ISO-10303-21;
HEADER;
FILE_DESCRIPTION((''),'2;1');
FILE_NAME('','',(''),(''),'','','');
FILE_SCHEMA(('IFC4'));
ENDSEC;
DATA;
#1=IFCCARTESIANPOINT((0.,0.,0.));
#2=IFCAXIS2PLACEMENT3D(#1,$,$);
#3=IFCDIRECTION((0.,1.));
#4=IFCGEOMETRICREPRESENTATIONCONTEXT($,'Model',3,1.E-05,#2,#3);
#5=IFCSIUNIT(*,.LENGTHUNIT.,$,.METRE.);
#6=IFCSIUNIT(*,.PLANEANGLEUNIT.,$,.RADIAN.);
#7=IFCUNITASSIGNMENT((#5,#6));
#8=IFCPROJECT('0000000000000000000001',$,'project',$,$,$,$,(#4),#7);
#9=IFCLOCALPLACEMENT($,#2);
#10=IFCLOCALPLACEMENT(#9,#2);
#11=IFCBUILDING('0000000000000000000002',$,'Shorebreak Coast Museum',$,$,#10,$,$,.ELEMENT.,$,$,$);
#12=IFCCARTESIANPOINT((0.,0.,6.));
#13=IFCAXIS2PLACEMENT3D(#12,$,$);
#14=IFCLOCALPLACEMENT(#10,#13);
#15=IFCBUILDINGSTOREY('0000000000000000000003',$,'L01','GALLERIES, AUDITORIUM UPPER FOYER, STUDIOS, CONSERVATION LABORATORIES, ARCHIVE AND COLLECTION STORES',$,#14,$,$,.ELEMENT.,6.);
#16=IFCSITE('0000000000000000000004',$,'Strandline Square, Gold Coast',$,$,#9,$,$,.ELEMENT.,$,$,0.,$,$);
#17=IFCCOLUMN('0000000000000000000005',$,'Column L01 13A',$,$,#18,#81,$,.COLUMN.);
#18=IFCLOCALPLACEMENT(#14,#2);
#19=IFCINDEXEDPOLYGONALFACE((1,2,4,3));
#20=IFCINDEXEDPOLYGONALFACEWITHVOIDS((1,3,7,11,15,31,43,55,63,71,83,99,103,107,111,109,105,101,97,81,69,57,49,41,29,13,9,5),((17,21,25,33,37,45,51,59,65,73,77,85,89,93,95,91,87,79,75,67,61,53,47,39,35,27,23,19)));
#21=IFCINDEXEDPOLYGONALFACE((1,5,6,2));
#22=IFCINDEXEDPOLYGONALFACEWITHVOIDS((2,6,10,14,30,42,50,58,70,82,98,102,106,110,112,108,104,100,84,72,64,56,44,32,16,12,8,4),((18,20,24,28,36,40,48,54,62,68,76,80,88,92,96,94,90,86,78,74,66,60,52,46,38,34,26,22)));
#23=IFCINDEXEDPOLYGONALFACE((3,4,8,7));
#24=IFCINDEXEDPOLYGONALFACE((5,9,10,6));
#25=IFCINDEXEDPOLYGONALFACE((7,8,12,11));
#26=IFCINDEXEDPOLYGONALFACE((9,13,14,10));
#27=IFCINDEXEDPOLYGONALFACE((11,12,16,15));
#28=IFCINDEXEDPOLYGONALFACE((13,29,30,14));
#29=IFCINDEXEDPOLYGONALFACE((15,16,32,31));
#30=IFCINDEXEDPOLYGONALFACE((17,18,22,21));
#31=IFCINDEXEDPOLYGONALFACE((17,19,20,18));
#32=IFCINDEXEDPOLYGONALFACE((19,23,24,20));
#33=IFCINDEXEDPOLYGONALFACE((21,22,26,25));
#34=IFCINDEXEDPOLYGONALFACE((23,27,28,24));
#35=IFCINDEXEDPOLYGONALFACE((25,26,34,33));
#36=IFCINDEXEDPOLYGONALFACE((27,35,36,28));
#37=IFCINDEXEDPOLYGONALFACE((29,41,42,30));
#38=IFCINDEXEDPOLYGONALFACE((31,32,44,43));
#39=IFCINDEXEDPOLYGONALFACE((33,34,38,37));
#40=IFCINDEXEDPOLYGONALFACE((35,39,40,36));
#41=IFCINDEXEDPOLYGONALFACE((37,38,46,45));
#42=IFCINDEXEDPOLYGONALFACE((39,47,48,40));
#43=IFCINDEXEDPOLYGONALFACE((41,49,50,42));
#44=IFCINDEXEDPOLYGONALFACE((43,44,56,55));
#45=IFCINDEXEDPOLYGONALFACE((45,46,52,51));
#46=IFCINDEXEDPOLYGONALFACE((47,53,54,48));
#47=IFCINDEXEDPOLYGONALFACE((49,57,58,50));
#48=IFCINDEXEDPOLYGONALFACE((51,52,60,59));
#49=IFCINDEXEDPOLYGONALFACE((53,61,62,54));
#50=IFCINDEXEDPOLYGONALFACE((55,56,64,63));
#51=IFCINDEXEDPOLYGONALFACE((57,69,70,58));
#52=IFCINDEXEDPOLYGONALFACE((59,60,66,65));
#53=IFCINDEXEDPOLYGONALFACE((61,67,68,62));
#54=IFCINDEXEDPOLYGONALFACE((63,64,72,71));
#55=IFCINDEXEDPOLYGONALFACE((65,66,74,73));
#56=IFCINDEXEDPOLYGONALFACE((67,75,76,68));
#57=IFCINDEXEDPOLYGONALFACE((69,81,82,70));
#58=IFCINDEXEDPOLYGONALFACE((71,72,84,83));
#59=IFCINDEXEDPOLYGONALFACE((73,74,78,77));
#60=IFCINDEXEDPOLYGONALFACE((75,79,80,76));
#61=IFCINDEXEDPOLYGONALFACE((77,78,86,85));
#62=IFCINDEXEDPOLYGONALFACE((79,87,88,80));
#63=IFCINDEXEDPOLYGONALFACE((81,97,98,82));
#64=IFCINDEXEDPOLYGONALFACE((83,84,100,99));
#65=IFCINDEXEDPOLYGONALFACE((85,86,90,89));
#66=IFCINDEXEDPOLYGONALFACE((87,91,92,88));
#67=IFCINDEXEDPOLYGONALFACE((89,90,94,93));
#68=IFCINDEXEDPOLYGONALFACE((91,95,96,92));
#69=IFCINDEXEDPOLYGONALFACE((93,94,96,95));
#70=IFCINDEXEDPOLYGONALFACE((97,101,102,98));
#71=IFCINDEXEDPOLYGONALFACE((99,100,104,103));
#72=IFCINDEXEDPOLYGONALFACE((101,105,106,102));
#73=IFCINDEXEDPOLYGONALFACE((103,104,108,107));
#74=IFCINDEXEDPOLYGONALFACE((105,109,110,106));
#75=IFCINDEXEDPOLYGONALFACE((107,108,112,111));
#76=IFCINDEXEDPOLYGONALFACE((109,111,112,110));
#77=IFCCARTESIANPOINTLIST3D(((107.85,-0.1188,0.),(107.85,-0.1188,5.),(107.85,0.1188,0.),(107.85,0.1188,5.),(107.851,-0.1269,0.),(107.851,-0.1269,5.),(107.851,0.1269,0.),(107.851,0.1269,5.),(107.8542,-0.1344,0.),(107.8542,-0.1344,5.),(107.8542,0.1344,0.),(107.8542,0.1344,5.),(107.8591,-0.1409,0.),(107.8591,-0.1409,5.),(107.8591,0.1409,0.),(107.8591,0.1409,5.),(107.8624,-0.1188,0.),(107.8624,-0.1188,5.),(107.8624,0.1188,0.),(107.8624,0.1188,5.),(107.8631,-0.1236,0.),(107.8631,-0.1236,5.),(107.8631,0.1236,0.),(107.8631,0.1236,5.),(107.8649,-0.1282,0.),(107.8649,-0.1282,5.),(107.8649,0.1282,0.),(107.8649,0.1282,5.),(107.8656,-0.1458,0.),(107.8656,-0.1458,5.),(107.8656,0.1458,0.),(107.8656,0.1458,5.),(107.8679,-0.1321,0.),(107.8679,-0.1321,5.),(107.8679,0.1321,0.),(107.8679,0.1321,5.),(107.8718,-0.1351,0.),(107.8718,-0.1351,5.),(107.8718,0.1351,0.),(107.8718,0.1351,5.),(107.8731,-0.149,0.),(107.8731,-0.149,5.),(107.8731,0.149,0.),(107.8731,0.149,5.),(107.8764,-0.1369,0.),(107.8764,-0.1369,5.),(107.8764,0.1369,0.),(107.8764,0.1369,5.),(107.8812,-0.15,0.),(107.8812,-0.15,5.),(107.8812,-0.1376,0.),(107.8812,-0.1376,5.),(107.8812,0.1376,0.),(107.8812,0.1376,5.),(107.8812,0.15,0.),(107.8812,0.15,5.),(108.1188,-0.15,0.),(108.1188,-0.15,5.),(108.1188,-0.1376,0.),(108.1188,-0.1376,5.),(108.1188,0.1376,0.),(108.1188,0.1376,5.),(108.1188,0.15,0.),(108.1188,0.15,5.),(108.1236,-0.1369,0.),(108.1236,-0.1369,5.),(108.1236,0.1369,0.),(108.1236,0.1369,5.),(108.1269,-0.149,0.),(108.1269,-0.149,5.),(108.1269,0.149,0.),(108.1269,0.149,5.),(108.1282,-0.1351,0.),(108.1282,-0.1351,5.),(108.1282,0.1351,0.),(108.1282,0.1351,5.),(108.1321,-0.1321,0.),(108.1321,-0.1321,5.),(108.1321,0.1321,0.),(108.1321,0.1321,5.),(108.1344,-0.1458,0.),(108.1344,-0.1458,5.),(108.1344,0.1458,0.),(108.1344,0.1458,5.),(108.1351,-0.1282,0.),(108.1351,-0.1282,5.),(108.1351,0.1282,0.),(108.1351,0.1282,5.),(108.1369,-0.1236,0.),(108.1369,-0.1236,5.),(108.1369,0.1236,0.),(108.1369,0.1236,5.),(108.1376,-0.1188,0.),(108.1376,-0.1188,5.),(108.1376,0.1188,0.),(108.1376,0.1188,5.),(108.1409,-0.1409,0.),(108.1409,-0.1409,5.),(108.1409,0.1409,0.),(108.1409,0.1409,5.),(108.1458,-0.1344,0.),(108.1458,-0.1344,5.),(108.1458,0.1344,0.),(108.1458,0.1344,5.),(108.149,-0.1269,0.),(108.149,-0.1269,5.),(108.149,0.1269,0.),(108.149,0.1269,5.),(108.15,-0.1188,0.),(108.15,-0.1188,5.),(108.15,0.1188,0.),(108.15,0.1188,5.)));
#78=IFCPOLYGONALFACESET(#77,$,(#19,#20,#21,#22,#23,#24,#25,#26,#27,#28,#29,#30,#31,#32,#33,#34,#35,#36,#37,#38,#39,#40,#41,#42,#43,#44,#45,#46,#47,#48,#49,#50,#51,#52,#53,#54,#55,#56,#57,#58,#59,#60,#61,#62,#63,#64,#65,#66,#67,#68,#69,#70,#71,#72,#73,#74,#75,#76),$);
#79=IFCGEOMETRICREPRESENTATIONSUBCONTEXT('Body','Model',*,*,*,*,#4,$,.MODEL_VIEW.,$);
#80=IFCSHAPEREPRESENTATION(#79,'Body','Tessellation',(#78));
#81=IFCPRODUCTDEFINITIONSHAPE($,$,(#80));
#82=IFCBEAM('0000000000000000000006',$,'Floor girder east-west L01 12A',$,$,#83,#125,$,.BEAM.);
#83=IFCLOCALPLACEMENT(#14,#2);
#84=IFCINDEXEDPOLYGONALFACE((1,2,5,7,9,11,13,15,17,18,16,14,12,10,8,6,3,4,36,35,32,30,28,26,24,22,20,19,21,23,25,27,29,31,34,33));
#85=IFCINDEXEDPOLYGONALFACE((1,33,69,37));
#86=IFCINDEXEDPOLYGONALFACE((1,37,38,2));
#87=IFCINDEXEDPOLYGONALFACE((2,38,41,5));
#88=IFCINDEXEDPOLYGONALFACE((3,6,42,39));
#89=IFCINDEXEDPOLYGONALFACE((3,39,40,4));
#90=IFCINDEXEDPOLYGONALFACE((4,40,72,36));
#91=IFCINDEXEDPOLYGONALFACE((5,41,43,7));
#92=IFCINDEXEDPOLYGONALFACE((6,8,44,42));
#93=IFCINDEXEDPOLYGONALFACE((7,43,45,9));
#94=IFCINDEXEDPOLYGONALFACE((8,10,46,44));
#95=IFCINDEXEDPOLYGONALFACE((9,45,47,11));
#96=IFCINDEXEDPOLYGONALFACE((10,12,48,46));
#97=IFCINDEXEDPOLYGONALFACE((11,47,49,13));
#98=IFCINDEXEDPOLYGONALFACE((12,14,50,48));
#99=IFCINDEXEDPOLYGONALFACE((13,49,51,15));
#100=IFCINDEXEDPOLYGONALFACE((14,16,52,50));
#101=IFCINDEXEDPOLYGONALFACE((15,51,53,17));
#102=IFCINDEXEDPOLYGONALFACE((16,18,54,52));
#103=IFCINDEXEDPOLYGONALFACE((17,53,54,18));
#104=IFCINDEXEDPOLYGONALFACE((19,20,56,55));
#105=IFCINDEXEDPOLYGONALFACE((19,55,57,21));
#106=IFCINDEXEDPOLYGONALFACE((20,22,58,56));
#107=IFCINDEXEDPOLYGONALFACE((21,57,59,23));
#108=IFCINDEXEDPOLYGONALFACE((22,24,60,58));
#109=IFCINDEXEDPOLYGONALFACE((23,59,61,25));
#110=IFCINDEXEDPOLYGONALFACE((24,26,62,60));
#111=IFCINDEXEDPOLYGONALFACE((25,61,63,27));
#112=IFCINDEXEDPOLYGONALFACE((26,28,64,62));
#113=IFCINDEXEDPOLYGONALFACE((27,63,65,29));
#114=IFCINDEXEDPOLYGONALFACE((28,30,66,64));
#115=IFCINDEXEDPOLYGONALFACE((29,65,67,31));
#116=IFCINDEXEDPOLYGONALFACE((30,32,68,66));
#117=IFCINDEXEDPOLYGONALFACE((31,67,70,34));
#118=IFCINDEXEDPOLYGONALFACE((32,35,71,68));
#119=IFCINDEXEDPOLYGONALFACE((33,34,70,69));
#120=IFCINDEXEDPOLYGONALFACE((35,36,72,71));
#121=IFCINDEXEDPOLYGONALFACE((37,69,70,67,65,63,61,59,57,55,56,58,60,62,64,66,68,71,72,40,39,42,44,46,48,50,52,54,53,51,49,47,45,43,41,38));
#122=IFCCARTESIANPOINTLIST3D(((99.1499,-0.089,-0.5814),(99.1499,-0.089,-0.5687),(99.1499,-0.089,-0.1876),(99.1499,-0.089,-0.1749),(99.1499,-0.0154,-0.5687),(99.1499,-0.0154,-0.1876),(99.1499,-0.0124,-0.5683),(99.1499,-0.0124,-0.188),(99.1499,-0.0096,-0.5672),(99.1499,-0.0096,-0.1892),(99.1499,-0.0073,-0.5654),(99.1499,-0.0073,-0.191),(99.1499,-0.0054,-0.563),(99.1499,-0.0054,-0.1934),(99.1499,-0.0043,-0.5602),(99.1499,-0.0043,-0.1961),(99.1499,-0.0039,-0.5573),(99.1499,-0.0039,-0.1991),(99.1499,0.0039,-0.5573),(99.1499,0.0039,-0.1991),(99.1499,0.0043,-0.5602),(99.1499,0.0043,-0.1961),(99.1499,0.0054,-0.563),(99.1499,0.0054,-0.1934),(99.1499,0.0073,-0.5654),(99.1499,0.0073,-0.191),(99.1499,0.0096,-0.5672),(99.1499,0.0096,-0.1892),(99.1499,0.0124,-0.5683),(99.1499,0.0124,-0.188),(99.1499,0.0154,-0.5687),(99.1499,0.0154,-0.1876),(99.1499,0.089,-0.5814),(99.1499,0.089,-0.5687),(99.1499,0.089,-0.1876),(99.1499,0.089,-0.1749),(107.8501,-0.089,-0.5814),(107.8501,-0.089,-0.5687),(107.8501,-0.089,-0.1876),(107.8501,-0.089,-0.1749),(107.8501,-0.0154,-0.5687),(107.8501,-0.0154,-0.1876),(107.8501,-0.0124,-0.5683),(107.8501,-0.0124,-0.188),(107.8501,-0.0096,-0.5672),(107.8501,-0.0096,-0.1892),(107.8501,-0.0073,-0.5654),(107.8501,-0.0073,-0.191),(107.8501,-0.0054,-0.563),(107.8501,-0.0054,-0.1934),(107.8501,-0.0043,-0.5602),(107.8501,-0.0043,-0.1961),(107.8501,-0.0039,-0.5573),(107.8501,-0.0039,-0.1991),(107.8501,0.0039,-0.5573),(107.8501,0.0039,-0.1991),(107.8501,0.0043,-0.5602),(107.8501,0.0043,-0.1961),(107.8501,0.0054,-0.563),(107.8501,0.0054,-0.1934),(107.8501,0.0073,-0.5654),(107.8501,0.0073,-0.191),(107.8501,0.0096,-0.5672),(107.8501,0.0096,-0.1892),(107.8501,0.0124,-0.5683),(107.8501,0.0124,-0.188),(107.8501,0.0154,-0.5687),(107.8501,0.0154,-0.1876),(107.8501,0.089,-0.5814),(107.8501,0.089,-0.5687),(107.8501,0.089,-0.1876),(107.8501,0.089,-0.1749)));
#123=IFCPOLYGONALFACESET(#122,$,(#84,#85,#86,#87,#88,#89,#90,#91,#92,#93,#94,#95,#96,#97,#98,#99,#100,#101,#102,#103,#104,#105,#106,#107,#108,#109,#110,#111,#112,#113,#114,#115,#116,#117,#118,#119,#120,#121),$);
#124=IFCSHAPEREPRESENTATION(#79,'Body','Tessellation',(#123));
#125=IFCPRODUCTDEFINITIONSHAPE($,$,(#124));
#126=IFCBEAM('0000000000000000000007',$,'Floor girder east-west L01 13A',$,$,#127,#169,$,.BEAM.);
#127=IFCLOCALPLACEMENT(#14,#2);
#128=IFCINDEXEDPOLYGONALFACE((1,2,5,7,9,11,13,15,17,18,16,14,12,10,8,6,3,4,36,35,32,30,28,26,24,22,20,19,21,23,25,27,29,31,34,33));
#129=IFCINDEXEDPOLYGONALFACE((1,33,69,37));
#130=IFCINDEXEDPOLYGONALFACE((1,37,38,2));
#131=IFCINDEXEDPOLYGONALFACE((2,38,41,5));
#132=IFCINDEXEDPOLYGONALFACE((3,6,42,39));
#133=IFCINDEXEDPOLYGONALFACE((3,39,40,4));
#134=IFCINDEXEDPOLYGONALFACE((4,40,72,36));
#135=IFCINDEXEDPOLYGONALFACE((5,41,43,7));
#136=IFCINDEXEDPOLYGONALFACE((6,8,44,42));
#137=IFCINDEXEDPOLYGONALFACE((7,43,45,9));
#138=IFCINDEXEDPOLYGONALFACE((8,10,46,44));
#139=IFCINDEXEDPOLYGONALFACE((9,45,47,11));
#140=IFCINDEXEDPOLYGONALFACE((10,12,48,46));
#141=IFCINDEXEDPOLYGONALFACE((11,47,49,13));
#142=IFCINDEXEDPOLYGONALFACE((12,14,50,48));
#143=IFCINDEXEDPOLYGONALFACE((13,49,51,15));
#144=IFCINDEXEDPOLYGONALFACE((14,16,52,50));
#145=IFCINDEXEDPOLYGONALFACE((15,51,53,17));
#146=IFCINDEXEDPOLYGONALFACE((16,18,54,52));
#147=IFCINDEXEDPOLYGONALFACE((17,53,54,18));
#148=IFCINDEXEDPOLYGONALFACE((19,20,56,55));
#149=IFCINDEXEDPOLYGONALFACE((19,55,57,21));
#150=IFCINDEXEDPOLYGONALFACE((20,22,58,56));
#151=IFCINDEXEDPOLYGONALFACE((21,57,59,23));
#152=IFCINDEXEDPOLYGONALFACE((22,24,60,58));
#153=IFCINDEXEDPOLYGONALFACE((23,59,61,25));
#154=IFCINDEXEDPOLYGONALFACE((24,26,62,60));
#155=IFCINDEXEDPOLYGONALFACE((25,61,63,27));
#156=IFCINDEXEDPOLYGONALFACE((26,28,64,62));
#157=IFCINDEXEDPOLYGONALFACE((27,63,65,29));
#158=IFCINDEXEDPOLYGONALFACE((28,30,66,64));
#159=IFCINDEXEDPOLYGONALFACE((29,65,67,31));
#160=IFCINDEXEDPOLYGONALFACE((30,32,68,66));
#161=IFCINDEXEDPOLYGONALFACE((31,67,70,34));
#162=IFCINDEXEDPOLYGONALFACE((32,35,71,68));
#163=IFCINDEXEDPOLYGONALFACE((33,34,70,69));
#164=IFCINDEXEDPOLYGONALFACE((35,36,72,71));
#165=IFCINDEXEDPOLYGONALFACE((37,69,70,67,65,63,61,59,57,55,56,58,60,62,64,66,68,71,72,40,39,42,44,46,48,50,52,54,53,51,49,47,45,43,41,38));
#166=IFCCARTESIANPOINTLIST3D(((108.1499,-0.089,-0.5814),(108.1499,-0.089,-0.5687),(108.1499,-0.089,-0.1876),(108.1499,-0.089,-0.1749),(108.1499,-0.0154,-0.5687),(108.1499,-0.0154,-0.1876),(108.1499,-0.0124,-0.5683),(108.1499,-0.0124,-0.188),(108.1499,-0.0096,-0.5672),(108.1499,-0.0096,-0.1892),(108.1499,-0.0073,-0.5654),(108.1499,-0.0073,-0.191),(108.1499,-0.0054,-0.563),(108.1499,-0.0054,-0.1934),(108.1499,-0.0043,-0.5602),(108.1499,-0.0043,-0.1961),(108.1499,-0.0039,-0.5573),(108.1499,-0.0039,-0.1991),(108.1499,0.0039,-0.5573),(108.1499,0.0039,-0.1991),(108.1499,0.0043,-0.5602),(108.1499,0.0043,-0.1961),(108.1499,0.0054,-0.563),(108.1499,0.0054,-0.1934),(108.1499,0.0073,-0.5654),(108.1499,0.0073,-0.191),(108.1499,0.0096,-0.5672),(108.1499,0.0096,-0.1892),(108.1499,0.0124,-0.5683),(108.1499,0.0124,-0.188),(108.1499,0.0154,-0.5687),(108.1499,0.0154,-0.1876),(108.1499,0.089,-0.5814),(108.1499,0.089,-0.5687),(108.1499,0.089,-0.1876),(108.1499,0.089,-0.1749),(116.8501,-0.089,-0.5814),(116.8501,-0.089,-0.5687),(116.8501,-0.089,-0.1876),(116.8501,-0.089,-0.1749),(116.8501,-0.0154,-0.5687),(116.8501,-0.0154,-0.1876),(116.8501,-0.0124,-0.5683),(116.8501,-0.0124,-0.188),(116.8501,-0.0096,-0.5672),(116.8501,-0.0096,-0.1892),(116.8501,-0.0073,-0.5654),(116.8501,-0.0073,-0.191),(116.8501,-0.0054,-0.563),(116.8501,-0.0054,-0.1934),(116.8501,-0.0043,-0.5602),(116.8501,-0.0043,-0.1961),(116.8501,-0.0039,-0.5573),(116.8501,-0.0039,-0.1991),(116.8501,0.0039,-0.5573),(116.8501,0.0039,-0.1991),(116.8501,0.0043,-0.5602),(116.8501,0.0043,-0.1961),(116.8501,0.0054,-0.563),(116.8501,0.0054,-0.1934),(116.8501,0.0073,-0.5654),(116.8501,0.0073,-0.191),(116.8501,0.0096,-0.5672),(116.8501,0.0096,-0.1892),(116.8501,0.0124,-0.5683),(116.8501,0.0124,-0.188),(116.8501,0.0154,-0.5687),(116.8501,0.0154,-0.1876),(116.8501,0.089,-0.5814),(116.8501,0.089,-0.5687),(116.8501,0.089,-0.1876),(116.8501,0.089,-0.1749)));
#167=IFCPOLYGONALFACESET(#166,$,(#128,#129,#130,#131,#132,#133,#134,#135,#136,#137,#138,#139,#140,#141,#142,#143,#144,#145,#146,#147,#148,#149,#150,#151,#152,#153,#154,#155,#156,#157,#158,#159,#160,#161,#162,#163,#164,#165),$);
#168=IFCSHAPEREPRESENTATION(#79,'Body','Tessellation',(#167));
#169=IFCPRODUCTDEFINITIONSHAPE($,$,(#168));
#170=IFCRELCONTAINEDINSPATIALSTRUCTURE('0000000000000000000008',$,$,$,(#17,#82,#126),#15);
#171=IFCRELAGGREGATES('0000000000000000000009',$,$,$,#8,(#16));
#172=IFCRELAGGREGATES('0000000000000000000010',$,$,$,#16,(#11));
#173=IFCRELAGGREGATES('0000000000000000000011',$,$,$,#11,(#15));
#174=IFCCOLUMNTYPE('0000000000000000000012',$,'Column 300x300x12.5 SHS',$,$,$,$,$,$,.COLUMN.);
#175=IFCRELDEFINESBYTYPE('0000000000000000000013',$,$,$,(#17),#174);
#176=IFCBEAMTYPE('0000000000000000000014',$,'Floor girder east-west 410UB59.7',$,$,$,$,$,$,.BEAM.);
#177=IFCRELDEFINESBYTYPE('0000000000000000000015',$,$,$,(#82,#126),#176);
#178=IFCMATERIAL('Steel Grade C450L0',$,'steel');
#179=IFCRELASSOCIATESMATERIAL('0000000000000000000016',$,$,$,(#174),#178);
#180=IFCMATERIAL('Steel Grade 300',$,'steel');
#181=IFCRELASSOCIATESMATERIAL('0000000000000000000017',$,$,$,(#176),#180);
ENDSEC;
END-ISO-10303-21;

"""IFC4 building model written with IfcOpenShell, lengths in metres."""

from ifc_helpers import new_model, si_unit, direction, frame, origin, origin_2d, place, context, subcontext, project, spatial, hollow_rectangle, i_section, extrude, material, material_profile, profile_set, type_object, element, save


model = new_model("IFC4")

# Units and contexts
model_context = context("Model", 3, precision=1e-05, world=origin(), true_north=direction((0.0, 1.0)))
body_context = subcontext(model_context, "Body", "Model", "MODEL_VIEW")
ifc_project = project(units=[si_unit("LENGTHUNIT", "METRE"), si_unit("PLANEANGLEUNIT", "RADIAN")], contexts=[model_context])

# Site, building, storey
site_placement = place(None, origin())
site = spatial("IfcSite", under=ifc_project, at=site_placement, Name="Strandline Square, Gold Coast", CompositionType="ELEMENT", RefElevation=0.0)
building_placement = place(site_placement, origin())
building = spatial("IfcBuilding", under=site, at=building_placement, Name="Shorebreak Coast Museum", CompositionType="ELEMENT")
storey_placement = place(building_placement, frame((0.0, 0.0, 6.0)))
storey = spatial("IfcBuildingStorey", under=building, at=storey_placement, Name="L01", Description="GALLERIES, AUDITORIUM UPPER FOYER, STUDIOS, CONSERVATION LABORATORIES, ARCHIVE AND COLLECTION STORES", CompositionType="ELEMENT", Elevation=6.0)

# Column
ifc_material_1 = material(Name="Steel Grade C450L0", Category="steel")
ifc_material_profile_1 = material_profile(ifc_material_1, hollow_rectangle(XDim=0.3, YDim=0.3, WallThickness=0.0125, InnerFilletRadius=0.0188, OuterFilletRadius=0.0312, at=origin_2d()), Name="300x300x12.5 SHS")
ifc_profile_set_1 = profile_set([ifc_material_profile_1], Name="Steel Grade C450L0")
column_type = type_object("IfcColumnType", Name="Column 300x300x12.5 SHS", PredefinedType="COLUMN", material=ifc_profile_set_1)
column_placement = place(storey_placement, frame((108.0, 0.0, 0.0), z_axis=(0.0, 0.0, 1.0), x_axis=(1.0, 0.0, 0.0)))
element("IfcColumn", 1, at=column_placement, inside=storey, type_object=column_type, Name="Column L01 13A", PredefinedType="COLUMN", context=body_context, shape_type="SweptSolid", body=[
    extrude(hollow_rectangle(XDim=0.3, YDim=0.3, WallThickness=0.0125, InnerFilletRadius=0.0188, OuterFilletRadius=0.0312, at=origin_2d()), origin(), (0.0, 0.0, 1.0), 5.0),
])

# Beams
ifc_material_2 = material(Name="Steel Grade 300", Category="steel")
ifc_material_profile_2 = material_profile(ifc_material_2, i_section(OverallWidth=0.178, OverallDepth=0.4065, WebThickness=0.0078, FlangeThickness=0.0127, FilletRadius=0.0115, at=origin_2d()), Name="410UB59.7")
ifc_profile_set_2 = profile_set([ifc_material_profile_2], Name="Steel Grade 300")
beam_type_1 = type_object("IfcBeamType", Name="Floor girder east-west 410UB59.7", PredefinedType="BEAM", material=ifc_profile_set_2)
for number, where, z_axis, x_axis, name in (
    (2, (99.1499, 0.0, -0.3782), (1.0, 0.0, 0.0), (0.0, 1.0, 0.0), "Floor girder east-west L01 12A"),
    (3, (108.1499, 0.0, -0.3782), (1.0, 0.0, 0.0), (0.0, 1.0, 0.0), "Floor girder east-west L01 13A"),
):
    element("IfcBeam", number, at=place(storey_placement, frame(where, z_axis=z_axis, x_axis=x_axis)), inside=storey, type_object=beam_type_1, Name=name, PredefinedType="BEAM", context=body_context, shape_type="SweptSolid", body=[
        extrude(i_section(OverallWidth=0.178, OverallDepth=0.4065, WebThickness=0.0078, FlangeThickness=0.0127, FilletRadius=0.0115, at=origin_2d()), origin(), (0.0, 0.0, 1.0), 8.7002),
    ])

save(model, "model.ifc")
